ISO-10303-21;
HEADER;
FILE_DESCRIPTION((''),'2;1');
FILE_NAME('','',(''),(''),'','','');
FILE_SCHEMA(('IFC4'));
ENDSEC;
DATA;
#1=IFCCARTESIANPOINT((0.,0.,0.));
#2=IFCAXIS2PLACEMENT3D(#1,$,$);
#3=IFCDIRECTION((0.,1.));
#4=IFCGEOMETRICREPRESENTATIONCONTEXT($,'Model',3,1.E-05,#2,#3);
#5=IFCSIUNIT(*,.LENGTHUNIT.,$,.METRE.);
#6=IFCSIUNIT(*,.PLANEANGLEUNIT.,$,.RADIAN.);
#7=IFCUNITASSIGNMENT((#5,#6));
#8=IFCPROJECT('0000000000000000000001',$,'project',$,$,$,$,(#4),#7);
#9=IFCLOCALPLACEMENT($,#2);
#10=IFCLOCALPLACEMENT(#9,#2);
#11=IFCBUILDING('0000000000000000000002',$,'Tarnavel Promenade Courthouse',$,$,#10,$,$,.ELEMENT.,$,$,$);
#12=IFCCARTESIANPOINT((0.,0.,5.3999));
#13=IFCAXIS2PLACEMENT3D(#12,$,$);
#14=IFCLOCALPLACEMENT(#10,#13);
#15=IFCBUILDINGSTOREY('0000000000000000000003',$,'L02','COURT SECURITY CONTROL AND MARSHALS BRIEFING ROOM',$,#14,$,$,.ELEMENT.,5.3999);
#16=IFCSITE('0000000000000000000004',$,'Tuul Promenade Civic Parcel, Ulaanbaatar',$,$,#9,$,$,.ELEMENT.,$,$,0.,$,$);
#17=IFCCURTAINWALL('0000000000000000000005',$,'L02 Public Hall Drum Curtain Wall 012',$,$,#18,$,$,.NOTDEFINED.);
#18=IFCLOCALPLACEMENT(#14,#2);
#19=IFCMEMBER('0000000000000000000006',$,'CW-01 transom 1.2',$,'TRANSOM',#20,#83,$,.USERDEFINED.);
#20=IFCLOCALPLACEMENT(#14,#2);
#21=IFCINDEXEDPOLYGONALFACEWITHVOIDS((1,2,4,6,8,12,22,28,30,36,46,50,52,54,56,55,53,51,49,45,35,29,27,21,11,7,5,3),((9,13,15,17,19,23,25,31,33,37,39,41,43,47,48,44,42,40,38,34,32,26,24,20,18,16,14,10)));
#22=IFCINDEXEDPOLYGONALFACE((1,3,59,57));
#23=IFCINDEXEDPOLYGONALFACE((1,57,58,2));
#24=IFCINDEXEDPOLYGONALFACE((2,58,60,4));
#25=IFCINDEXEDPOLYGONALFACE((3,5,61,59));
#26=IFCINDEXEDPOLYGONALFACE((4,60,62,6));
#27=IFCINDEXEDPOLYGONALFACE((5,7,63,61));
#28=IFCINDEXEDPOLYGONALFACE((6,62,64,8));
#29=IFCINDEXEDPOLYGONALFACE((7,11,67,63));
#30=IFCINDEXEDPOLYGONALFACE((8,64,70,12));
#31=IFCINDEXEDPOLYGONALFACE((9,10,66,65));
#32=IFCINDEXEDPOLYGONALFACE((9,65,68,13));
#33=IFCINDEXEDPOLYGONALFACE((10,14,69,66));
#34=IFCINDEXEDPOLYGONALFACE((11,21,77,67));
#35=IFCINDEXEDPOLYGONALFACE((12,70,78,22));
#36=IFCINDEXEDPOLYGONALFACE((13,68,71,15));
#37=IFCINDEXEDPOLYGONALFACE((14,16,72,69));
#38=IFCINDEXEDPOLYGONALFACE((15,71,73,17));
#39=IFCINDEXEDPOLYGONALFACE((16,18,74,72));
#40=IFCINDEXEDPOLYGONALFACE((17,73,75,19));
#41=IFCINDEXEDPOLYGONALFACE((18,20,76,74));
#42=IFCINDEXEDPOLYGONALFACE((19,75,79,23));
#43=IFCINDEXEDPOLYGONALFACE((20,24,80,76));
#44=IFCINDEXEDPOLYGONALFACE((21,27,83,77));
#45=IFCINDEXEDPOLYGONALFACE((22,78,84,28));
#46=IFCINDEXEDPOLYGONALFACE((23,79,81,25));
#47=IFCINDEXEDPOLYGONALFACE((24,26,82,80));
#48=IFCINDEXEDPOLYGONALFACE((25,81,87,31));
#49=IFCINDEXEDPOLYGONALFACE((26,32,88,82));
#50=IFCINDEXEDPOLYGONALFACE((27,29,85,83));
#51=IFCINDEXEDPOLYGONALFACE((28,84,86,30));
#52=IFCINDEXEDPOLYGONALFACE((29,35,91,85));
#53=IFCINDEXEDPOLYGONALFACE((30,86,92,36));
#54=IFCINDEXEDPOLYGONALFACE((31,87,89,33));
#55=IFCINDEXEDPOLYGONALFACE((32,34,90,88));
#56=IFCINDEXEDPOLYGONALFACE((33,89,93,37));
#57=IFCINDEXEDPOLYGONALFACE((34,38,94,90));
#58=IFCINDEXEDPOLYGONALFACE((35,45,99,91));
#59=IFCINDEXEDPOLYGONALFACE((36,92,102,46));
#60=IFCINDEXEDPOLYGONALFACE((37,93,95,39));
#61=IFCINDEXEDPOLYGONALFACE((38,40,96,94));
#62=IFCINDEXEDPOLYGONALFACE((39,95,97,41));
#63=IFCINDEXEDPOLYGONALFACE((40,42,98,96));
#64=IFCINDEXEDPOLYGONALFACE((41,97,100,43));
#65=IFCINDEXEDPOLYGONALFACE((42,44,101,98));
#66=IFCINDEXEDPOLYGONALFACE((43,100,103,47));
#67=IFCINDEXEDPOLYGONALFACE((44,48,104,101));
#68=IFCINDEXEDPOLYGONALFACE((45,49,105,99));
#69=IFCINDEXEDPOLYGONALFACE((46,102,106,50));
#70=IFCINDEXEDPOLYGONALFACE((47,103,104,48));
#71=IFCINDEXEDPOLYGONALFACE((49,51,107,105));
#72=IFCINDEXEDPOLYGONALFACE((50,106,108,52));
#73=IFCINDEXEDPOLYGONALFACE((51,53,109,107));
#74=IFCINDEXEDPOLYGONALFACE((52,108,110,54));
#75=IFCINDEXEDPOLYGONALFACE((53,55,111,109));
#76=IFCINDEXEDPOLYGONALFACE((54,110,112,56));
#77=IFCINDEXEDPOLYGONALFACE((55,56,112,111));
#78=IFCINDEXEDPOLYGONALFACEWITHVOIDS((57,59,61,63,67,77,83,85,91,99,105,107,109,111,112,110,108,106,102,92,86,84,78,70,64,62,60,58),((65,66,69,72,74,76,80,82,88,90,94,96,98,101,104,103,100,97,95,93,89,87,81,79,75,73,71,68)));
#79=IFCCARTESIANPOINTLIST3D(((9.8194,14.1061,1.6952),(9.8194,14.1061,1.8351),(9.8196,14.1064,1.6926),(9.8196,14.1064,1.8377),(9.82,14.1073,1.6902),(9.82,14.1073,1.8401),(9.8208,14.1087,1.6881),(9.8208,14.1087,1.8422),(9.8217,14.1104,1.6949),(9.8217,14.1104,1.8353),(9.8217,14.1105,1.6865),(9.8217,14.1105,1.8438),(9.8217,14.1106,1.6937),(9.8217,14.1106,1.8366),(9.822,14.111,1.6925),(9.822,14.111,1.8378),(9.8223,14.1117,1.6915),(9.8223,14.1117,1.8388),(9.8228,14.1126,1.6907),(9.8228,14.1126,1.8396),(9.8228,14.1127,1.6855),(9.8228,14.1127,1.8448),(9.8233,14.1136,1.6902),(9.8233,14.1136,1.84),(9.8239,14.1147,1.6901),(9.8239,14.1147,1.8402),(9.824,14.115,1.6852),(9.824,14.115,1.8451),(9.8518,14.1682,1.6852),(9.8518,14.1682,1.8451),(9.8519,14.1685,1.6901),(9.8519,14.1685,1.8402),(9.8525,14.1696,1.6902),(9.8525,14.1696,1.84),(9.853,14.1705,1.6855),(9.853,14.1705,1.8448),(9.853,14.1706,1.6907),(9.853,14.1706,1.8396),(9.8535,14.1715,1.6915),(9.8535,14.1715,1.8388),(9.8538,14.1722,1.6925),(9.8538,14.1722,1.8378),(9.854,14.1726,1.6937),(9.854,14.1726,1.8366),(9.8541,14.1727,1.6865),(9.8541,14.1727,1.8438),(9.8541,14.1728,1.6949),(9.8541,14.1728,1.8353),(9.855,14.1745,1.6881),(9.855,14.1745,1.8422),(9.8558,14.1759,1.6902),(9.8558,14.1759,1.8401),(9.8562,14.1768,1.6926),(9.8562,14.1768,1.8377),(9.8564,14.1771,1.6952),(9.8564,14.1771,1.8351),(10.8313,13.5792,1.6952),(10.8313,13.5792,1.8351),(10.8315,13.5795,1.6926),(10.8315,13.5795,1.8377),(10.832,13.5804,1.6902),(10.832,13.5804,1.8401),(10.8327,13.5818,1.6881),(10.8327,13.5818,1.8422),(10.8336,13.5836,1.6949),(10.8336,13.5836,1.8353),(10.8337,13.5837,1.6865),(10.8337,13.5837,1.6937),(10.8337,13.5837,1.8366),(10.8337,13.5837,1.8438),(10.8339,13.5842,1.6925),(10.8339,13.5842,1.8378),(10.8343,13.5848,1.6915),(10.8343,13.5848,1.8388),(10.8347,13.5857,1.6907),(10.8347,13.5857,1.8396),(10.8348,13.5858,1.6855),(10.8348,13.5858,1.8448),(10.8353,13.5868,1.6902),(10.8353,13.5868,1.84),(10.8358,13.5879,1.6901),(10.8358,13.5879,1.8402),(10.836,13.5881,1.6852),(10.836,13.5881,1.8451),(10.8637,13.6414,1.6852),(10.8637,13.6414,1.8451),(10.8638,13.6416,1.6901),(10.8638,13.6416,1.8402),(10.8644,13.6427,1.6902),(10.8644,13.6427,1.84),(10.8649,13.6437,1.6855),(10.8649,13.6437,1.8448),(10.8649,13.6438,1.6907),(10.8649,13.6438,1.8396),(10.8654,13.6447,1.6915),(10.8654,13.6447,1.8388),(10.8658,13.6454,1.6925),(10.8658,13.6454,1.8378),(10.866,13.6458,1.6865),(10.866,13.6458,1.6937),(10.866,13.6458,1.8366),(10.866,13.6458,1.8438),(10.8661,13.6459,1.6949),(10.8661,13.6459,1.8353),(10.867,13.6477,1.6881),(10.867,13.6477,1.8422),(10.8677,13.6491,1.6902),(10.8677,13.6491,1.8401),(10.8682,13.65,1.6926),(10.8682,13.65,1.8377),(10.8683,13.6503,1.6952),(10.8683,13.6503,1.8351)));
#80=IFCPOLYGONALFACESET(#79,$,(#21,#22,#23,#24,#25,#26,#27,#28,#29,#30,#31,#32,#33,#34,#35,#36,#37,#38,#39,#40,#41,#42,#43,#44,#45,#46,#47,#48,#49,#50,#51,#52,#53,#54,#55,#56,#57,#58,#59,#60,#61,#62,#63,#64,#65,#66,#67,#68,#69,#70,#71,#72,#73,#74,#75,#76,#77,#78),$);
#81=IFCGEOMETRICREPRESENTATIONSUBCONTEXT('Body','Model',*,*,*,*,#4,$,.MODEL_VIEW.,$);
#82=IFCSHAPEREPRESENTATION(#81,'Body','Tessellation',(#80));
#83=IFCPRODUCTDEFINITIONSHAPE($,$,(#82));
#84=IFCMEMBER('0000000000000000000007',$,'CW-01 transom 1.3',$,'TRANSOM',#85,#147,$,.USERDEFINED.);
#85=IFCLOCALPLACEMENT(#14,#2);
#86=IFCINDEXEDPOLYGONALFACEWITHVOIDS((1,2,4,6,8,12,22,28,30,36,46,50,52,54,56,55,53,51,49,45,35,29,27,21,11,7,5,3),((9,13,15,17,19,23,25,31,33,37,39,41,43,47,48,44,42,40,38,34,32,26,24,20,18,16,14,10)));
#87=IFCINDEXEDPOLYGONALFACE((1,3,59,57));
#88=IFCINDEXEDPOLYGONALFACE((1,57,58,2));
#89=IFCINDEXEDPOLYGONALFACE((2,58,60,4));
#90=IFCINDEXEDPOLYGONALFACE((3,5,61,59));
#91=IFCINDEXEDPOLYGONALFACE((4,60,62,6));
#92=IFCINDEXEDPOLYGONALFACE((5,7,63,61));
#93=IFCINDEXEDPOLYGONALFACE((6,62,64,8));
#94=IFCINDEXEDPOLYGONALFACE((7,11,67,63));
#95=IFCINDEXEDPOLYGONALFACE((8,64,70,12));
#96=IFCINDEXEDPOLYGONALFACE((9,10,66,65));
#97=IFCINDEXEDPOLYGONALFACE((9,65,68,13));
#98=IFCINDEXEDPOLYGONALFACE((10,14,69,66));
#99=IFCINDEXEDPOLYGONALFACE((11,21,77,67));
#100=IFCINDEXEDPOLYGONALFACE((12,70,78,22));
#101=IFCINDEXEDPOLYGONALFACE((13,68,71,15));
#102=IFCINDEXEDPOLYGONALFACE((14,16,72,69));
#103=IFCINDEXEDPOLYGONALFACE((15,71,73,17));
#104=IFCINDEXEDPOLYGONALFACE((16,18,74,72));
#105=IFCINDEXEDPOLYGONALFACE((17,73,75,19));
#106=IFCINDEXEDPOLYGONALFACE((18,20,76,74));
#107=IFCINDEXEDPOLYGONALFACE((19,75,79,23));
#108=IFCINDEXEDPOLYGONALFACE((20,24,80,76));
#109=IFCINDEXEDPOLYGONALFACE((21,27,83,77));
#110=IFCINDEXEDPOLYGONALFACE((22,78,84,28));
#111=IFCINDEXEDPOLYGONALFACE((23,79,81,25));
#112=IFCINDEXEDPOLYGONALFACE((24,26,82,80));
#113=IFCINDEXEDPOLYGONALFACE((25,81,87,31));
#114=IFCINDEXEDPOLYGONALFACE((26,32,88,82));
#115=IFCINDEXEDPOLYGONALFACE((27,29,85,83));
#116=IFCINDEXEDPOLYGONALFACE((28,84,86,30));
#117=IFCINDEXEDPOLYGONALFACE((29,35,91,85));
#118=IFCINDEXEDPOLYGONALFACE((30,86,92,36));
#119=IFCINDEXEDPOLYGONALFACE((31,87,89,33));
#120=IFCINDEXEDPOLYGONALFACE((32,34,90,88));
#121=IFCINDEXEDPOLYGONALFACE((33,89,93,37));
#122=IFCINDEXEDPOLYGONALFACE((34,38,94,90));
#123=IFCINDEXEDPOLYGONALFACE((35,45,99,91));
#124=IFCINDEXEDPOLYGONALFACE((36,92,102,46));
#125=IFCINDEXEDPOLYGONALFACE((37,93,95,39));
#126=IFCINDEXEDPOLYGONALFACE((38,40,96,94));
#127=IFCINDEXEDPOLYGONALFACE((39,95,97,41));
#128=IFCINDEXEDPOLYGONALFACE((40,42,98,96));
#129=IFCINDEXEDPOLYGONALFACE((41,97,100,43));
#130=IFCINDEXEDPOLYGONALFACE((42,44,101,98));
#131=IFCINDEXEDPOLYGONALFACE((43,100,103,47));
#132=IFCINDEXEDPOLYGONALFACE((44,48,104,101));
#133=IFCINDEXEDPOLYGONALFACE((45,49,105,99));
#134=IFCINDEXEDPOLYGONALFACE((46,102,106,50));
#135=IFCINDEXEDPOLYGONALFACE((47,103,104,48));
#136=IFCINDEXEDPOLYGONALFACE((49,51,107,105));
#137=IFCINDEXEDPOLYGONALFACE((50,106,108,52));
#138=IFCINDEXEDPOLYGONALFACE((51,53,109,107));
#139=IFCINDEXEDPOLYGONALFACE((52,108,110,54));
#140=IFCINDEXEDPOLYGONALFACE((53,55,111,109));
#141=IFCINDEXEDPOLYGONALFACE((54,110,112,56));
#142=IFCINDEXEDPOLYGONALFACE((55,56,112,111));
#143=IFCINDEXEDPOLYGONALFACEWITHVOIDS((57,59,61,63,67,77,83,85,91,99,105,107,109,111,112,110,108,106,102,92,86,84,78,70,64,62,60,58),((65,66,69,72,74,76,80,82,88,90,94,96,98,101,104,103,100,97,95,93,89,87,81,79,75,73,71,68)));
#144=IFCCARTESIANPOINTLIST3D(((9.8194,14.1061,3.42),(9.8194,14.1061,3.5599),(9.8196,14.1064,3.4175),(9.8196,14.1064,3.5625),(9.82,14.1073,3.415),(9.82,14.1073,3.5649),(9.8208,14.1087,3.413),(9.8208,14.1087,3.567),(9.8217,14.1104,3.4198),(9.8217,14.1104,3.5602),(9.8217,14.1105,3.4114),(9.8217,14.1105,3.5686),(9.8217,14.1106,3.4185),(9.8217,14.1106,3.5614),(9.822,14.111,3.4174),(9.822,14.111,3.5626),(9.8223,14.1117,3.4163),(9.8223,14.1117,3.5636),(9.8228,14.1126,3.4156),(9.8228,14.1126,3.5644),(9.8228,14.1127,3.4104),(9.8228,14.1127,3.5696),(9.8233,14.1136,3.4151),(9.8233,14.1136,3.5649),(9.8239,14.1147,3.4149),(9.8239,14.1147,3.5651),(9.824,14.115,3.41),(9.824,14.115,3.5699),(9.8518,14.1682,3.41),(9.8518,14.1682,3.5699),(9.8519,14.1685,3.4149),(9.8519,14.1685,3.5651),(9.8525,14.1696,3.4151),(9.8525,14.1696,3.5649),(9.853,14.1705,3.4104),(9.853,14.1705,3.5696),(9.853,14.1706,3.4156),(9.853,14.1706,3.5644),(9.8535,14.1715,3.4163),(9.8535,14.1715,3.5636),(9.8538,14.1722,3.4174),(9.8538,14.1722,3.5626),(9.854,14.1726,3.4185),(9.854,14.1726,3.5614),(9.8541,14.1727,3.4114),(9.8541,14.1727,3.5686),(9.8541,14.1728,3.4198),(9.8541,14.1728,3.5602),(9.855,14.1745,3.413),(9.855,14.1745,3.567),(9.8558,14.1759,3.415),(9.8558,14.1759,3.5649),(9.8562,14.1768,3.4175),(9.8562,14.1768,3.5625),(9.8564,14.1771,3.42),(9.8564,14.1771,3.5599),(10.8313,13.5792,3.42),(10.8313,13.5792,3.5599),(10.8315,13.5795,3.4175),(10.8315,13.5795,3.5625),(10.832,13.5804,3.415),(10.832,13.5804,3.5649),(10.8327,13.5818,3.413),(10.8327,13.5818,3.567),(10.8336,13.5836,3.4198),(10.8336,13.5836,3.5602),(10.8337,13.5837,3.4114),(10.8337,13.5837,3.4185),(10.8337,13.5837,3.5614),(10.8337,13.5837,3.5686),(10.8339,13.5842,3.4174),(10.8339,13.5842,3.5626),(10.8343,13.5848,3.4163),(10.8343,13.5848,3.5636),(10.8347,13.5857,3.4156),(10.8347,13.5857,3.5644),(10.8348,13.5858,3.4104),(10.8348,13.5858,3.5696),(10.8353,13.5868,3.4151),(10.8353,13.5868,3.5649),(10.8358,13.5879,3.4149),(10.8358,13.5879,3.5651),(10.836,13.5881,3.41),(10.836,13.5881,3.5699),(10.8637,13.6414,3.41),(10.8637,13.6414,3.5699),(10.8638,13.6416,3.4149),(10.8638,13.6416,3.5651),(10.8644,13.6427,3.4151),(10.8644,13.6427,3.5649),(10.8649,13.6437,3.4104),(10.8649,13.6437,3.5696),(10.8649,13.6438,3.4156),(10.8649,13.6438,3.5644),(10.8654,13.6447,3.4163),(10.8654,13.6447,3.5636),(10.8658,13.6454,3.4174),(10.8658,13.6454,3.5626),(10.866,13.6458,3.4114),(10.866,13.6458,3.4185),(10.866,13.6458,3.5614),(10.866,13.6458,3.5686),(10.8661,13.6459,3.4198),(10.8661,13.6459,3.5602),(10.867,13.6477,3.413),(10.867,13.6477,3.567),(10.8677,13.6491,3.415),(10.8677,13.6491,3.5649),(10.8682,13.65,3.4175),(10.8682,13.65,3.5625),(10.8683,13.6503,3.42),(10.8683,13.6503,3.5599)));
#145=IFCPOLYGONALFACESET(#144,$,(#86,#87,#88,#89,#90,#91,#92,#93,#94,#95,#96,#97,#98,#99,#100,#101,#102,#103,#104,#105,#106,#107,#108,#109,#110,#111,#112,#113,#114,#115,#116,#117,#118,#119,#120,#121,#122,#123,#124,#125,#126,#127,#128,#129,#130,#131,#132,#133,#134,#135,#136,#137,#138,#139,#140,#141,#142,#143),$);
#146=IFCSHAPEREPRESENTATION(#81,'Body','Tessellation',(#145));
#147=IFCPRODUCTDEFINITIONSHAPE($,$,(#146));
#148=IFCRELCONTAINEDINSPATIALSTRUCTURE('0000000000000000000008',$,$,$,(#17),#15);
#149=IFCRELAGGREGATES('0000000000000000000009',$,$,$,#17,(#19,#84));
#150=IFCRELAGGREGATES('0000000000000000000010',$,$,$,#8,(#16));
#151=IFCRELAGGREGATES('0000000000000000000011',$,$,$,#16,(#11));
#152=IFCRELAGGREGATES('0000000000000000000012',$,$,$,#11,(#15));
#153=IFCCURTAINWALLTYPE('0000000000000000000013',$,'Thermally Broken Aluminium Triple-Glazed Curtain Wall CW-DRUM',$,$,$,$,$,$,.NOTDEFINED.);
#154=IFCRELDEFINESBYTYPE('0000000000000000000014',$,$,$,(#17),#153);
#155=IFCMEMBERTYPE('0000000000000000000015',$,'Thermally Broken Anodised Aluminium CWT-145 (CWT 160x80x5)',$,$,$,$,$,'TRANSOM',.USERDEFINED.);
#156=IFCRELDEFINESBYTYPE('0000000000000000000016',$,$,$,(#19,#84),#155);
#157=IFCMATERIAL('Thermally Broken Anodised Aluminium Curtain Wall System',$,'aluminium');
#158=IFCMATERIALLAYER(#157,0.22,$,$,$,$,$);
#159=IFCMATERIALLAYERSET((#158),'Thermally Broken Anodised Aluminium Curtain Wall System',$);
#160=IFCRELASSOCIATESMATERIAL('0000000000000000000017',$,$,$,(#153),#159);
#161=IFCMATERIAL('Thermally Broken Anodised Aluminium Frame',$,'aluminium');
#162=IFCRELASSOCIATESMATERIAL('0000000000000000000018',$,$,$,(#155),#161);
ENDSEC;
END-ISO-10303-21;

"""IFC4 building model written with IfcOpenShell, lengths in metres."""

from ifc_helpers import new_model, si_unit, direction, frame, origin, origin_2d, place, context, subcontext, project, spatial, hollow_rectangle, extrude, material, layer, layer_set, material_profile, profile_set, type_object, element, aggregate, save


model = new_model("IFC4")

# Units and contexts
model_context = context("Model", 3, precision=1e-05, world=origin(), true_north=direction((0.0, 1.0)))
body_context = subcontext(model_context, "Body", "Model", "MODEL_VIEW")
ifc_project = project(units=[si_unit("LENGTHUNIT", "METRE"), si_unit("PLANEANGLEUNIT", "RADIAN")], contexts=[model_context])

# Site, building, storey
site_placement = place(None, origin())
site = spatial("IfcSite", under=ifc_project, at=site_placement, Name="Tuul Promenade Civic Parcel, Ulaanbaatar", CompositionType="ELEMENT", RefElevation=0.0)
building_placement = place(site_placement, origin())
building = spatial("IfcBuilding", under=site, at=building_placement, Name="Tarnavel Promenade Courthouse", CompositionType="ELEMENT")
storey_placement = place(building_placement, frame((0.0, 0.0, 5.3999)))
storey = spatial("IfcBuildingStorey", under=building, at=storey_placement, Name="L02", Description="COURT SECURITY CONTROL AND MARSHALS BRIEFING ROOM", CompositionType="ELEMENT", Elevation=5.3999)

# Curtain wall
ifc_material_1 = material(Name="Thermally Broken Anodised Aluminium Curtain Wall System", Category="aluminium")
ifc_layer_1 = layer(ifc_material_1, 0.22)
ifc_layer_set_1 = layer_set([ifc_layer_1], Name="Thermally Broken Anodised Aluminium Curtain Wall System")
curtain_wall_type = type_object("IfcCurtainWallType", Name="Thermally Broken Aluminium Triple-Glazed Curtain Wall CW-DRUM", PredefinedType="NOTDEFINED", material=ifc_layer_set_1)
curtain_wall_1_placement = place(storey_placement, origin())
curtain_wall_1 = element("IfcCurtainWall", 1, at=curtain_wall_1_placement, inside=storey, type_object=curtain_wall_type, Name="L02 Public Hall Drum Curtain Wall 012", PredefinedType="NOTDEFINED")
ifc_material_2 = material(Name="Thermally Broken Anodised Aluminium Frame", Category="aluminium")

# Members
ifc_material_profile_1 = material_profile(ifc_material_2, hollow_rectangle(XDim=0.0801, YDim=0.1599, WallThickness=0.0049, InnerFilletRadius=0.0049, OuterFilletRadius=0.01, at=origin_2d()), Name="CWT 160x80x5")
ifc_profile_set_1 = profile_set([ifc_material_profile_1], Name="Thermally Broken Anodised Aluminium Frame")
member_type_1 = type_object("IfcMemberType", Name="Thermally Broken Anodised Aluminium CWT-145 (CWT 160x80x5)", ElementType="TRANSOM", PredefinedType="USERDEFINED", material=ifc_profile_set_1)
member_1_placement = place(storey_placement, frame((9.8379, 14.1416, 1.7651), z_axis=(0.886989, -0.461791, 0.0), x_axis=(0.461791, 0.886989, 0.0)))
member_1 = element("IfcMember", 2, at=member_1_placement, type_object=member_type_1, Name="CW-01 transom 1.2", ObjectType="TRANSOM", PredefinedType="USERDEFINED", context=body_context, shape_type="SweptSolid", body=[
    extrude(hollow_rectangle(XDim=0.0801, YDim=0.1599, WallThickness=0.0049, InnerFilletRadius=0.0049, OuterFilletRadius=0.01, at=origin_2d()), origin(), (0.0, 0.0, 1.0), 1.1409),
])
member_2_placement = place(storey_placement, frame((9.8379, 14.1416, 3.49), z_axis=(0.886989, -0.461791, 0.0), x_axis=(0.461791, 0.886989, 0.0)))
member_2 = element("IfcMember", 3, at=member_2_placement, type_object=member_type_1, Name="CW-01 transom 1.3", ObjectType="TRANSOM", PredefinedType="USERDEFINED", context=body_context, shape_type="SweptSolid", body=[
    extrude(hollow_rectangle(XDim=0.0801, YDim=0.1599, WallThickness=0.0049, InnerFilletRadius=0.0049, OuterFilletRadius=0.01, at=origin_2d()), origin(), (0.0, 0.0, 1.0), 1.1409),
])

aggregate(curtain_wall_1, [member_1, member_2])

save(model, "model.ifc")
